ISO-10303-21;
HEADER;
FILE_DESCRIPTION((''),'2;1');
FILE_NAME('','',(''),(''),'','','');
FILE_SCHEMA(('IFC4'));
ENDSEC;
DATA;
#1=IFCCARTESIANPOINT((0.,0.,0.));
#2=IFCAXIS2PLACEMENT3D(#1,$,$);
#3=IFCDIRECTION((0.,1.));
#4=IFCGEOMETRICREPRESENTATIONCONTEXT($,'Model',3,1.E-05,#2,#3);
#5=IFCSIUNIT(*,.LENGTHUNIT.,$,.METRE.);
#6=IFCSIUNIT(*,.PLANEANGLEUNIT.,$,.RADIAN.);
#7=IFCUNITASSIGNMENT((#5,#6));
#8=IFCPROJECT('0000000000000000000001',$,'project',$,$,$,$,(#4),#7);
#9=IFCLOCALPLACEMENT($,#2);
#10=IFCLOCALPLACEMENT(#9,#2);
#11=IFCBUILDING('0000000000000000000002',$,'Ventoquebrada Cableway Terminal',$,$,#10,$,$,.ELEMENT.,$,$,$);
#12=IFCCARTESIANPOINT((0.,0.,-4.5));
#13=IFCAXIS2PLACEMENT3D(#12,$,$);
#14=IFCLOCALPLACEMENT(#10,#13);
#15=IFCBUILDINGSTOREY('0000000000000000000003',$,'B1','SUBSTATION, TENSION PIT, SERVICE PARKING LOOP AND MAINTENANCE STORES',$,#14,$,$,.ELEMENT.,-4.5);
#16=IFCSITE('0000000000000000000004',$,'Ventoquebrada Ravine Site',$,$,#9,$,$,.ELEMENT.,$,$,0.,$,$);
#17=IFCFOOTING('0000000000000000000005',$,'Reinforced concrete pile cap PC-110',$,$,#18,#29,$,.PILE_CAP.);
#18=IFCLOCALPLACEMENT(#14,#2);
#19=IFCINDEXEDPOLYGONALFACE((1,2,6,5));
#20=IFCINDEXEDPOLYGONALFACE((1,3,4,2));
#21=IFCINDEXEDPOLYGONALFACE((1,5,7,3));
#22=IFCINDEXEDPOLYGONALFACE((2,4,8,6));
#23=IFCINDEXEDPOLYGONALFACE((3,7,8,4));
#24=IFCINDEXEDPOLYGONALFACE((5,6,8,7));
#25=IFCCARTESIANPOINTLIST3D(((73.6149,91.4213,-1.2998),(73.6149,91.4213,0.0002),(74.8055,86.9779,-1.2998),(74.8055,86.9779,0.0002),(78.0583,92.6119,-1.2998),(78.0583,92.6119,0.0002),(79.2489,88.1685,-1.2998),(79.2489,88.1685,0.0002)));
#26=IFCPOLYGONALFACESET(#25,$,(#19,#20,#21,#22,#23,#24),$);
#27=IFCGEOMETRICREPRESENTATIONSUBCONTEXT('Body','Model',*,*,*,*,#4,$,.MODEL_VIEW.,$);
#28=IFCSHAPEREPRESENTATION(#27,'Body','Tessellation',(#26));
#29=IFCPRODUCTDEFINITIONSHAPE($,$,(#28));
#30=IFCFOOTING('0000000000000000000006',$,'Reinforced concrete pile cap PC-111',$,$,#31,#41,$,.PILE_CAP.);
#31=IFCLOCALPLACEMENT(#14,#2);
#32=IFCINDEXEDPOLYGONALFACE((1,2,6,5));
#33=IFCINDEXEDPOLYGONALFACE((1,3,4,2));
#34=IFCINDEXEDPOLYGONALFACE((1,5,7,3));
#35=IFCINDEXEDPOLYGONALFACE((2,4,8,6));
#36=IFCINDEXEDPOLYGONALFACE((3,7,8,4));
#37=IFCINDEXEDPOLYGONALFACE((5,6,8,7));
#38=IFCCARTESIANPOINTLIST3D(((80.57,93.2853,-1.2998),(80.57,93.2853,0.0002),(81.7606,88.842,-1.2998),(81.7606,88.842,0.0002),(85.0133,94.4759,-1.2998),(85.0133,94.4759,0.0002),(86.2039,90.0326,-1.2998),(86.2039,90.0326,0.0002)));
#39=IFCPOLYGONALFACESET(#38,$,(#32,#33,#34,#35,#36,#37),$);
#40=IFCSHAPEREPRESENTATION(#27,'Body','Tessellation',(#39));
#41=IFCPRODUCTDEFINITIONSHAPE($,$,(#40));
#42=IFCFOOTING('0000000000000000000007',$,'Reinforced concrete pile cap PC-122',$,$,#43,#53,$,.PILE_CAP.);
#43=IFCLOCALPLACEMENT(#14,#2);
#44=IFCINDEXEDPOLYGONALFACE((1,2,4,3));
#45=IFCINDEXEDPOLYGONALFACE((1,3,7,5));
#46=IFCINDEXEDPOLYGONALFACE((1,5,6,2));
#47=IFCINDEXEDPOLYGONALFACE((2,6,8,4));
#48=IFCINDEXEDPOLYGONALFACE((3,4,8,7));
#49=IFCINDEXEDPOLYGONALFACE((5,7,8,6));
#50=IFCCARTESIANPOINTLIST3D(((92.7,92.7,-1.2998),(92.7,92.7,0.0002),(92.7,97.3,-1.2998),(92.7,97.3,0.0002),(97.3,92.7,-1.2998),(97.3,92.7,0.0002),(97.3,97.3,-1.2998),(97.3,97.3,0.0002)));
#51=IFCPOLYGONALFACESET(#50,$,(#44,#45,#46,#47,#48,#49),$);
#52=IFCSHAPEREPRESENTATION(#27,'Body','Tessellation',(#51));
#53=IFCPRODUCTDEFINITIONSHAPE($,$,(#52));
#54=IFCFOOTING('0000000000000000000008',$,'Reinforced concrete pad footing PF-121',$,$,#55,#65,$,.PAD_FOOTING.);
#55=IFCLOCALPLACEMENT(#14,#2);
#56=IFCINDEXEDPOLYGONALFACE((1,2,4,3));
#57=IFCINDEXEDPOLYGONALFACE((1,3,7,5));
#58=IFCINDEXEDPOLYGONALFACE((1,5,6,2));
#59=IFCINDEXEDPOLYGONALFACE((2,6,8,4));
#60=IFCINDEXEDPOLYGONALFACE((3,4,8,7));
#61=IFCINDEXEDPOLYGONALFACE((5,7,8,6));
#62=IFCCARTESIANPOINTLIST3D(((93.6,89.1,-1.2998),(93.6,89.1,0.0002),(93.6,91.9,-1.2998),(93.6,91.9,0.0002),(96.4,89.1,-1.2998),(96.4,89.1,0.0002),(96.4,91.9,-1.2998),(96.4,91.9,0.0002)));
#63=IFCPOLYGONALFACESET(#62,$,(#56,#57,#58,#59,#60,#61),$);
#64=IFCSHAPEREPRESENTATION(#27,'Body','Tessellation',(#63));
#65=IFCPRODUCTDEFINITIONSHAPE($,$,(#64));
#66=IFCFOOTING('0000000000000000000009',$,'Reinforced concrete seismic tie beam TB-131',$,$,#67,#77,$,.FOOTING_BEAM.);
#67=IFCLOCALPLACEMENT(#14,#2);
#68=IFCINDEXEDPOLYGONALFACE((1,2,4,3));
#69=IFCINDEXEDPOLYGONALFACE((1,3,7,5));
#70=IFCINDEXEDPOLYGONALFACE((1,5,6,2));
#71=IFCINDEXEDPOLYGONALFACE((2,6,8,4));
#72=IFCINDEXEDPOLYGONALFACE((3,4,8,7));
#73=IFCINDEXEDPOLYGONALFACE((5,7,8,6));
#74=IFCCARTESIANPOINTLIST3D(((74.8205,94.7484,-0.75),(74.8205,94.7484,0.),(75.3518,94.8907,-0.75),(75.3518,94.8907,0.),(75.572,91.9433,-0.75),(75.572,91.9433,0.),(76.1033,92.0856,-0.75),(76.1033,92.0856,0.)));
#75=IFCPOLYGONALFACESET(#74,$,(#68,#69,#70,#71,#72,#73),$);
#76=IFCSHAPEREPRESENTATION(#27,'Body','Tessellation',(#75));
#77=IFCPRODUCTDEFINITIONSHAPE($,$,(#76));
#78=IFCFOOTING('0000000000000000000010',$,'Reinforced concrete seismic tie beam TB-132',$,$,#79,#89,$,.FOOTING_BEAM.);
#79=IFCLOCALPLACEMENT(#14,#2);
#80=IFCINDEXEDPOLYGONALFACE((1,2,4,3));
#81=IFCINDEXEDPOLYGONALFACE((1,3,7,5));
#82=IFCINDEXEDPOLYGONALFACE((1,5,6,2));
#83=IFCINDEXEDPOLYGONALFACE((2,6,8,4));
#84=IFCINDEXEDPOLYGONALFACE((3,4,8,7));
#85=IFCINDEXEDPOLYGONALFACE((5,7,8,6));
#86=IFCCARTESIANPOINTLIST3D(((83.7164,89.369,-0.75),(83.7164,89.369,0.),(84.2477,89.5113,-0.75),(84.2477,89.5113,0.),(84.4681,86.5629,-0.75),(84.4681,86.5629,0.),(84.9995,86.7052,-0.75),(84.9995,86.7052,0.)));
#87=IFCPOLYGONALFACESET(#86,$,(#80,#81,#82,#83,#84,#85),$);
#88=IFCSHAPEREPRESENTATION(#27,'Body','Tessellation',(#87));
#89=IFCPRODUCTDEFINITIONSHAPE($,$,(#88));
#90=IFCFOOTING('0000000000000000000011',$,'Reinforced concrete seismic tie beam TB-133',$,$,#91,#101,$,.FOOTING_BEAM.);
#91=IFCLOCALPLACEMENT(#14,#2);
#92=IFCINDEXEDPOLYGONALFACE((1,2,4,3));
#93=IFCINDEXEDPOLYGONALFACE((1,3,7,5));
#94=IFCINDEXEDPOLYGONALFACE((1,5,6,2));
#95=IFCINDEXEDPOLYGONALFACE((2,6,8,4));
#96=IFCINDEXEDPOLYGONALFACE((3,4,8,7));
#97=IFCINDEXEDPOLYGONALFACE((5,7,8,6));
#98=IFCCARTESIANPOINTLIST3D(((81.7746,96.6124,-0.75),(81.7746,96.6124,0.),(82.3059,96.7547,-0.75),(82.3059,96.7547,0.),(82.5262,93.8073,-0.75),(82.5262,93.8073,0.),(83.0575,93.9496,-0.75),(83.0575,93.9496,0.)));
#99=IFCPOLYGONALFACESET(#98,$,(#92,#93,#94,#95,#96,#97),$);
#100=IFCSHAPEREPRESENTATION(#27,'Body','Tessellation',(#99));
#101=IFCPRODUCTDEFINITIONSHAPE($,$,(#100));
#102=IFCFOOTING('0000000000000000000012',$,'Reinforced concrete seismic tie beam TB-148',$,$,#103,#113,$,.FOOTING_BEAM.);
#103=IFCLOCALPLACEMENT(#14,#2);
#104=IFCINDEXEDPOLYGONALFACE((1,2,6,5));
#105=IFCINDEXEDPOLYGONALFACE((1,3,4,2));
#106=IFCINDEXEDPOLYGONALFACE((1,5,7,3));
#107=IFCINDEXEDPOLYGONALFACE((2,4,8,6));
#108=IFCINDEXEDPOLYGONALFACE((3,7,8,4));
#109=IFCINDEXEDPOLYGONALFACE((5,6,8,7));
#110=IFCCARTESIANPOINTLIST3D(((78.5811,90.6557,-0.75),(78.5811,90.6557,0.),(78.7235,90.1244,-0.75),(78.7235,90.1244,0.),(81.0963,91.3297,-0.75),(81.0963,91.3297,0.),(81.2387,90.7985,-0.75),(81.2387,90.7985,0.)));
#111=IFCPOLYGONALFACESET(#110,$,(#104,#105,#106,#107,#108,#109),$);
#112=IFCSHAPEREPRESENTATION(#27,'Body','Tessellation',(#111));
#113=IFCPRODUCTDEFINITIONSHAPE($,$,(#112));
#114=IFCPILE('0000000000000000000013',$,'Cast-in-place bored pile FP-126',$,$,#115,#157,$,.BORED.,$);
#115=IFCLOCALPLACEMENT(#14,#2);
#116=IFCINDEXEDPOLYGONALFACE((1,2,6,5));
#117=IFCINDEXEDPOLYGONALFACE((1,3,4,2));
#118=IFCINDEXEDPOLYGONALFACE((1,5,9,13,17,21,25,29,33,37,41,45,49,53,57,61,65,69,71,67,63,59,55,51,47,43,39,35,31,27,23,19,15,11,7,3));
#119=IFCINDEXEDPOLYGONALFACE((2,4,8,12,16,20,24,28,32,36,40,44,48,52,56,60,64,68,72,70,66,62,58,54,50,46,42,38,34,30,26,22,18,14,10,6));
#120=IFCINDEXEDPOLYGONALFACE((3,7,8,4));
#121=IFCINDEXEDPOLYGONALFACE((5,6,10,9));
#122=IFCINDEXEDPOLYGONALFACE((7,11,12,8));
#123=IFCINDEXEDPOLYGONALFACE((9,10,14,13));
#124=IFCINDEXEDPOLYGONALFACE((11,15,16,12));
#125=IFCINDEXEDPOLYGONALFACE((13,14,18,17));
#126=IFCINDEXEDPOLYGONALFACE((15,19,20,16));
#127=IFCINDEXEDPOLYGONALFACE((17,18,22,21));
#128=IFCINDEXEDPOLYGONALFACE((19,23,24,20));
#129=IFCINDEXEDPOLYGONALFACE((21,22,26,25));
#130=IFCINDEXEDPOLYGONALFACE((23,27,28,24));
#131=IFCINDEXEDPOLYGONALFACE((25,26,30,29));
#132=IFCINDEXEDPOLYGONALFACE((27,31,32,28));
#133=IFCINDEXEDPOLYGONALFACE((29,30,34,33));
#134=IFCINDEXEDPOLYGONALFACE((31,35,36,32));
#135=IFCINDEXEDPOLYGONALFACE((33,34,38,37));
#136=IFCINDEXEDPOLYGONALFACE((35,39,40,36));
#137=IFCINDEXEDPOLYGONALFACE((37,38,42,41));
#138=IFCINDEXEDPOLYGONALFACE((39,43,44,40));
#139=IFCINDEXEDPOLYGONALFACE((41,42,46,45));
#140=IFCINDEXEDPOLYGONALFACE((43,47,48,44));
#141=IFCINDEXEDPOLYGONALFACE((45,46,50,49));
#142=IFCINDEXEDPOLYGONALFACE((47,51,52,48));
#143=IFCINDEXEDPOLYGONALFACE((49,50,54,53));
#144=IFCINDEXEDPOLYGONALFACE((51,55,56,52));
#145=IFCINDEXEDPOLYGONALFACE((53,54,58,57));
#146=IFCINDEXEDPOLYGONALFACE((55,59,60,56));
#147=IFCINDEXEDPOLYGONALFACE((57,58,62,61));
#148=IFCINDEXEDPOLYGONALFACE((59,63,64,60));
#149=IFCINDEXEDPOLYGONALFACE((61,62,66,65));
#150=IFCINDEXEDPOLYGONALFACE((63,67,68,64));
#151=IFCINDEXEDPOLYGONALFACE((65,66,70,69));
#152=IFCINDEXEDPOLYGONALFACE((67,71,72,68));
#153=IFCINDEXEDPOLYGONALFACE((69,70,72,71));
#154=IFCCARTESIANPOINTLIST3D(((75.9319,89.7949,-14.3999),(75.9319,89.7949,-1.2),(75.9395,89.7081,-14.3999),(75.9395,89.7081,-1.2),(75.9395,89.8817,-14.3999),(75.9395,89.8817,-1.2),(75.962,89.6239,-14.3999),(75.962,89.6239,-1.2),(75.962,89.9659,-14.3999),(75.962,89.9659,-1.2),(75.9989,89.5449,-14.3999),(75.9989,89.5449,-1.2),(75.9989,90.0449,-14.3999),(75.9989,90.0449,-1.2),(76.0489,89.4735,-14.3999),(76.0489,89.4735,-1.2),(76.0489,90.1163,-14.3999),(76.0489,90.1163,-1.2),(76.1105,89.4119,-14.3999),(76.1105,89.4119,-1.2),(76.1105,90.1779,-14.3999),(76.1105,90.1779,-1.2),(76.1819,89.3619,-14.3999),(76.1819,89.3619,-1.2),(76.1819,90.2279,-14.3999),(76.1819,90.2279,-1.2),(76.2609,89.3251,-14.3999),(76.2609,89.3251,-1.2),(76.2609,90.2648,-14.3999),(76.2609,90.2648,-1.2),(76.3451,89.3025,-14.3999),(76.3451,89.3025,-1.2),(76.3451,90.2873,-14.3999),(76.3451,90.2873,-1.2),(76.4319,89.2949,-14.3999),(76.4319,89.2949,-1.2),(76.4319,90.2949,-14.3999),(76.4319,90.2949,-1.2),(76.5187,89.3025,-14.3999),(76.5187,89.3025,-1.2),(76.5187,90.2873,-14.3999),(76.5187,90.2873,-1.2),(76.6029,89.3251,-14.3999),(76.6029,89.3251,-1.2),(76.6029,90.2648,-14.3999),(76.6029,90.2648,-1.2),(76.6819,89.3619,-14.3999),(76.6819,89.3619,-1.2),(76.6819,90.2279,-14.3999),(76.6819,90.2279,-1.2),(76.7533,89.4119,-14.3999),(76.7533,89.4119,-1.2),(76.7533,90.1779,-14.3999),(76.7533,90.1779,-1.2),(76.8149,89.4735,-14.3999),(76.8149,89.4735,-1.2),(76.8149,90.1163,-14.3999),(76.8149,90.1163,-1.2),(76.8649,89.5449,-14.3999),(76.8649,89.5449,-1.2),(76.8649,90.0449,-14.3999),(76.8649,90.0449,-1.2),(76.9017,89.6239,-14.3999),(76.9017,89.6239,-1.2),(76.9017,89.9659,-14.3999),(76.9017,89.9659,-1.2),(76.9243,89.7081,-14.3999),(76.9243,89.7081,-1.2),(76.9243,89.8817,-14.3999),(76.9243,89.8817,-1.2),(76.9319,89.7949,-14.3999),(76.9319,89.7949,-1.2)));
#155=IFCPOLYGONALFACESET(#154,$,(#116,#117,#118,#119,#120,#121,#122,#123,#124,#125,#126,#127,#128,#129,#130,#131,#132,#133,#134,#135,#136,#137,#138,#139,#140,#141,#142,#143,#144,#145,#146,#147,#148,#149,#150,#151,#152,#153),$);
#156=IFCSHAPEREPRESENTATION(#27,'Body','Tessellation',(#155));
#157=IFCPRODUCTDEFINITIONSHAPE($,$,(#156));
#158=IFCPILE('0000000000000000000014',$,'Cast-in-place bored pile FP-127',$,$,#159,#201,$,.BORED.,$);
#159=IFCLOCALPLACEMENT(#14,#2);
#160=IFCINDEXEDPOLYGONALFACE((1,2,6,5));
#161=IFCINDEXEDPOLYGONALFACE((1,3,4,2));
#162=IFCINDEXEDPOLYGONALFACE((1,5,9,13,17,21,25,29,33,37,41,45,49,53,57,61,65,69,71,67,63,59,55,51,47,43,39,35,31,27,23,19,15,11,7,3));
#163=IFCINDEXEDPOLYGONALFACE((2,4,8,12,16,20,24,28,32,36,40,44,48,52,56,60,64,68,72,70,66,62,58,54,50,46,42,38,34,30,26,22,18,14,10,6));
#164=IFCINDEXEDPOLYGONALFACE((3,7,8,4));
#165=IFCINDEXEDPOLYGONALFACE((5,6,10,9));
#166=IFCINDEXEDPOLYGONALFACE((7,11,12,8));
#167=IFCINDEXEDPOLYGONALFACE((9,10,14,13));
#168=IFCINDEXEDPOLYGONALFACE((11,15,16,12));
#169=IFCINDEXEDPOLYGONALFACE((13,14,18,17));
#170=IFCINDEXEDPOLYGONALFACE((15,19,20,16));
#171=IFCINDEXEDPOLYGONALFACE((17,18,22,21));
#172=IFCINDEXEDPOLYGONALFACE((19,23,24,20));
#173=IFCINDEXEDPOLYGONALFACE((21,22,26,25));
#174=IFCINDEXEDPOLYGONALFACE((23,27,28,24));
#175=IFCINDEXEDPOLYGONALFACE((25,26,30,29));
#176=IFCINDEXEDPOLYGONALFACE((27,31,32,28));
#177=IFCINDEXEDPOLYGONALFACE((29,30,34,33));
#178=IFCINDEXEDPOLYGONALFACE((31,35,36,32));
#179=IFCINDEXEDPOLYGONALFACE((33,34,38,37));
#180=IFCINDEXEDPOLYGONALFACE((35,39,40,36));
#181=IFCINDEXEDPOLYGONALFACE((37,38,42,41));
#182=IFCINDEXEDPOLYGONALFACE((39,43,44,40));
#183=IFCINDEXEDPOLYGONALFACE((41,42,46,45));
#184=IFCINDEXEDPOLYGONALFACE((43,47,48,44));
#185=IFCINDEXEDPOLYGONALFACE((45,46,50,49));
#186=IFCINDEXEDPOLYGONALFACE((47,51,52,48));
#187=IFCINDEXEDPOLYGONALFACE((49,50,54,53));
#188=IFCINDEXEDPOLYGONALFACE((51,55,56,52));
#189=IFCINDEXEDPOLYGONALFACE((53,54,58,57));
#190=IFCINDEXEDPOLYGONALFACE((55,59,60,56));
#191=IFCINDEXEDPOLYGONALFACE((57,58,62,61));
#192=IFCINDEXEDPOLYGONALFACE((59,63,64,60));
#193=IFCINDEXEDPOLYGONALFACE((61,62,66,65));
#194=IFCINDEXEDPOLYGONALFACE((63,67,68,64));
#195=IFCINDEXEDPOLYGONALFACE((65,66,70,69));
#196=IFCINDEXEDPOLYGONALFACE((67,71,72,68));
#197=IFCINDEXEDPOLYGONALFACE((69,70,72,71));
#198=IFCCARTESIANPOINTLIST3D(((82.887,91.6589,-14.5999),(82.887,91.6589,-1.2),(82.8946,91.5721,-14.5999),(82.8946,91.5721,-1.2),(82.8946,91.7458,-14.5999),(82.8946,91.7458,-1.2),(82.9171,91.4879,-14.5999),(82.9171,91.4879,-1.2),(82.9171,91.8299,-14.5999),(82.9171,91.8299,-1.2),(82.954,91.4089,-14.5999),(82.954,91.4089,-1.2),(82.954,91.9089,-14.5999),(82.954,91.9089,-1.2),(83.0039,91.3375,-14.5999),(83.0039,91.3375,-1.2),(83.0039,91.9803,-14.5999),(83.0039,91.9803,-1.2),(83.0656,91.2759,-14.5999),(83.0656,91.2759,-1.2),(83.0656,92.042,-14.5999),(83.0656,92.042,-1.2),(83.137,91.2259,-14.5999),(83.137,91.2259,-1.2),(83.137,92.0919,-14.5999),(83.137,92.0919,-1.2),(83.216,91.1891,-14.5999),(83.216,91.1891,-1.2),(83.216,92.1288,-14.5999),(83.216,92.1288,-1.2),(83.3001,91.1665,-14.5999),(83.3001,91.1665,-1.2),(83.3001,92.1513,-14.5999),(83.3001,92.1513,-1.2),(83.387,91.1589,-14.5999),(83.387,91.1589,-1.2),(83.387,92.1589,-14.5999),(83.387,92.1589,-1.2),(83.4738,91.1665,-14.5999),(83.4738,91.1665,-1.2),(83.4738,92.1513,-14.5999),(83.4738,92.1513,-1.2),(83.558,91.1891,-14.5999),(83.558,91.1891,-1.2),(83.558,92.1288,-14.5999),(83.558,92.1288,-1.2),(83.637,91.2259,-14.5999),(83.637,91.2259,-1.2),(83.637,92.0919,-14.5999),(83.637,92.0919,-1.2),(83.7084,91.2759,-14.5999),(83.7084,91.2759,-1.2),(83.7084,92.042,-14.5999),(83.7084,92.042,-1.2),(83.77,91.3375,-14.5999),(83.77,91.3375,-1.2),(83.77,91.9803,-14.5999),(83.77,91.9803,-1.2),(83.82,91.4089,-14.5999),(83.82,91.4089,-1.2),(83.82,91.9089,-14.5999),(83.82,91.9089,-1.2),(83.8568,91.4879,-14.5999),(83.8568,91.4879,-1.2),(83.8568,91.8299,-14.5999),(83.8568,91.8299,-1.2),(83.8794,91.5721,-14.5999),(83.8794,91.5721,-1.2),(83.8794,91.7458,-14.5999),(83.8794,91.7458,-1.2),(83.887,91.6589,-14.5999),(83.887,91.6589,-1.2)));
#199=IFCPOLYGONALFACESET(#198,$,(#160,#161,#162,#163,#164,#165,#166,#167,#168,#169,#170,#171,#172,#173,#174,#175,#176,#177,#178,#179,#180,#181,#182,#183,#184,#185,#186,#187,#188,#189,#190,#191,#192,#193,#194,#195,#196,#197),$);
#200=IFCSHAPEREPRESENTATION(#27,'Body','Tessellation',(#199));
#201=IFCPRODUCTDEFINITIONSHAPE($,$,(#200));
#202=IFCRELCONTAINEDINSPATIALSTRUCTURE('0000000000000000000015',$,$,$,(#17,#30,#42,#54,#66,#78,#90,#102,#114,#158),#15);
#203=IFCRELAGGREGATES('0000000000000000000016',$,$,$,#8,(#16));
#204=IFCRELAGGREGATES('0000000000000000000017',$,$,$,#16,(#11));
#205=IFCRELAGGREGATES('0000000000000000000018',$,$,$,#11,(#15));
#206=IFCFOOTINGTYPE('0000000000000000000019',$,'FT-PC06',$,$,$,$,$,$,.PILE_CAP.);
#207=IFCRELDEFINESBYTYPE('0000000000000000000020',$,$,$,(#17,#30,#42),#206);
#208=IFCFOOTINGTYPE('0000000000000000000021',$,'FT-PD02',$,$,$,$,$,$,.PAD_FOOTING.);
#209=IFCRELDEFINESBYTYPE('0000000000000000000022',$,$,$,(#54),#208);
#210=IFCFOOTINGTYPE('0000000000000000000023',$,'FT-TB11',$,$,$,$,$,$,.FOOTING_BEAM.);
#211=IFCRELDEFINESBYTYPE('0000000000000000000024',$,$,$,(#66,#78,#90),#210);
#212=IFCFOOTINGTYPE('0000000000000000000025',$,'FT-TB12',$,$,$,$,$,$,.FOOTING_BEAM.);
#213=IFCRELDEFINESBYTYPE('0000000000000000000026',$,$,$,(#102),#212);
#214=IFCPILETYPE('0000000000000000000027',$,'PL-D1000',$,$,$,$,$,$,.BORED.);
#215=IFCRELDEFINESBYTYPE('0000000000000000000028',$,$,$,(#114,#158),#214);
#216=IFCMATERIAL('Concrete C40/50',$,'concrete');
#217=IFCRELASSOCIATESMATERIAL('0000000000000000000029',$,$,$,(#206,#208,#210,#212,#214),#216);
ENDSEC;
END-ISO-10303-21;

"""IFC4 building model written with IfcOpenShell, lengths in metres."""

from ifc_helpers import new_model, si_unit, direction, frame, origin, origin_2d, place, context, subcontext, project, spatial, rectangle, circle, extrude, material, material_profile, profile_set, type_object, element, save


model = new_model("IFC4")

# Units and contexts
model_context = context("Model", 3, precision=1e-05, world=origin(), true_north=direction((0.0, 1.0)))
body_context = subcontext(model_context, "Body", "Model", "MODEL_VIEW")
ifc_project = project(units=[si_unit("LENGTHUNIT", "METRE"), si_unit("PLANEANGLEUNIT", "RADIAN")], contexts=[model_context])

# Site, building, storey
site_placement = place(None, origin())
site = spatial("IfcSite", under=ifc_project, at=site_placement, Name="Ventoquebrada Ravine Site", CompositionType="ELEMENT", RefElevation=0.0)
building_placement = place(site_placement, origin())
building = spatial("IfcBuilding", under=site, at=building_placement, Name="Ventoquebrada Cableway Terminal", CompositionType="ELEMENT")
storey_placement = place(building_placement, frame((0.0, 0.0, -4.5)))
storey = spatial("IfcBuildingStorey", under=building, at=storey_placement, Name="B1", Description="SUBSTATION, TENSION PIT, SERVICE PARKING LOOP AND MAINTENANCE STORES", CompositionType="ELEMENT", Elevation=-4.5)

# Footings
ifc_material = material(Name="Concrete C40/50", Category="concrete")
footing_type_1 = type_object("IfcFootingType", Name="FT-PC06", PredefinedType="PILE_CAP", material=ifc_material)
for number, where, z_axis, x_axis, name in (
    (1, (76.4319, 89.7949, -1.2998), (0.0, 0.0, 1.0), (0.965926, 0.258819, 0.0), "Reinforced concrete pile cap PC-110"),
    (2, (83.387, 91.6589, -1.2998), (0.0, 0.0, 1.0), (0.965926, 0.258819, 0.0), "Reinforced concrete pile cap PC-111"),
    (3, (95.0, 95.0, -1.2998), (0.0, 0.0, 1.0), (1.0, 0.0, 0.0), "Reinforced concrete pile cap PC-122"),
):
    element("IfcFooting", number, at=place(storey_placement, frame(where, z_axis=z_axis, x_axis=x_axis)), inside=storey, type_object=footing_type_1, Name=name, PredefinedType="PILE_CAP", context=body_context, shape_type="SweptSolid", body=[
        extrude(rectangle(XDim=4.6001, YDim=4.6001, at=origin_2d()), origin(), (0.0, 0.0, 1.0), 1.3),
    ])
footing_type_2 = type_object("IfcFootingType", Name="FT-PD02", PredefinedType="PAD_FOOTING", material=ifc_material)
footing_1_placement = place(storey_placement, frame((95.0, 90.5, -1.2998), z_axis=(0.0, 0.0, 1.0), x_axis=(1.0, 0.0, 0.0)))
element("IfcFooting", 4, at=footing_1_placement, inside=storey, type_object=footing_type_2, Name="Reinforced concrete pad footing PF-121", PredefinedType="PAD_FOOTING", context=body_context, shape_type="SweptSolid", body=[
    extrude(rectangle(XDim=2.8, YDim=2.8, at=origin_2d()), origin(), (0.0, 0.0, 1.0), 1.3),
])
footing_type_3 = type_object("IfcFootingType", Name="FT-TB11", PredefinedType="FOOTING_BEAM", material=ifc_material)
footing_2_placement = place(storey_placement, frame((75.4619, 93.417, -0.75), z_axis=(0.0, 0.0, 1.0), x_axis=(-0.258785, 0.965935, 0.0)))
element("IfcFooting", 5, at=footing_2_placement, inside=storey, type_object=footing_type_3, Name="Reinforced concrete seismic tie beam TB-131", PredefinedType="FOOTING_BEAM", context=body_context, shape_type="SweptSolid", body=[
    extrude(rectangle(XDim=2.9041, YDim=0.55, at=origin_2d()), origin(), (0.0, 0.0, 1.0), 0.75),
])
footing_3_placement = place(storey_placement, frame((84.3579, 88.0371, -0.75), z_axis=(0.0, 0.0, 1.0), x_axis=(-0.258785, 0.965935, 0.0)))
element("IfcFooting", 6, at=footing_3_placement, inside=storey, type_object=footing_type_3, Name="Reinforced concrete seismic tie beam TB-132", PredefinedType="FOOTING_BEAM", context=body_context, shape_type="SweptSolid", body=[
    extrude(rectangle(XDim=2.905, YDim=0.55, at=origin_2d()), origin(), (0.0, 0.0, 1.0), 0.75),
])
footing_4_placement = place(storey_placement, frame((82.416, 95.281, -0.75), z_axis=(0.0, 0.0, 1.0), x_axis=(-0.258819, 0.965926, 0.0)))
element("IfcFooting", 7, at=footing_4_placement, inside=storey, type_object=footing_type_3, Name="Reinforced concrete seismic tie beam TB-133", PredefinedType="FOOTING_BEAM", context=body_context, shape_type="SweptSolid", body=[
    extrude(rectangle(XDim=2.9041, YDim=0.55, at=origin_2d()), origin(), (0.0, 0.0, 1.0), 0.75),
])
footing_type_4 = type_object("IfcFootingType", Name="FT-TB12", PredefinedType="FOOTING_BEAM", material=ifc_material)
footing_5_placement = place(storey_placement, frame((79.9099, 90.7271, -0.75), z_axis=(0.0, 0.0, 1.0), x_axis=(0.965912, 0.25887, 0.0)))
element("IfcFooting", 8, at=footing_5_placement, inside=storey, type_object=footing_type_4, Name="Reinforced concrete seismic tie beam TB-148", PredefinedType="FOOTING_BEAM", context=body_context, shape_type="SweptSolid", body=[
    extrude(rectangle(XDim=2.604, YDim=0.55, at=origin_2d()), origin(), (0.0, 0.0, 1.0), 0.75),
])

# Piles
ifc_material_profile_1 = material_profile(ifc_material, circle(Radius=0.5, at=origin_2d()), Name="PILE-D1000")
ifc_profile_set_1 = profile_set([ifc_material_profile_1], Name="Concrete C40/50")
pile_type = type_object("IfcPileType", Name="PL-D1000", PredefinedType="BORED", material=ifc_profile_set_1)
pile_1_placement = place(storey_placement, frame((76.4319, 89.7949, -1.2), z_axis=(0.0, 0.0, -1.0), x_axis=(1.0, 0.0, 0.0)))
element("IfcPile", 9, at=pile_1_placement, inside=storey, type_object=pile_type, Name="Cast-in-place bored pile FP-126", PredefinedType="BORED", context=body_context, shape_type="SweptSolid", body=[
    extrude(circle(Radius=0.5, at=origin_2d()), origin(), (0.0, 0.0, 1.0), 13.2),
])
for number, where, z_axis, x_axis, name in (
    (10, (83.387, 91.6589, -1.2), (0.0, 0.0, -1.0), (1.0, 0.0, 0.0), "Cast-in-place bored pile FP-127"),
):
    element("IfcPile", number, at=place(storey_placement, frame(where, z_axis=z_axis, x_axis=x_axis)), inside=storey, type_object=pile_type, Name=name, PredefinedType="BORED", context=body_context, shape_type="SweptSolid", body=[
        extrude(circle(Radius=0.5, at=origin_2d()), origin(), (0.0, 0.0, 1.0), 13.3999),
    ])

save(model, "model.ifc")
